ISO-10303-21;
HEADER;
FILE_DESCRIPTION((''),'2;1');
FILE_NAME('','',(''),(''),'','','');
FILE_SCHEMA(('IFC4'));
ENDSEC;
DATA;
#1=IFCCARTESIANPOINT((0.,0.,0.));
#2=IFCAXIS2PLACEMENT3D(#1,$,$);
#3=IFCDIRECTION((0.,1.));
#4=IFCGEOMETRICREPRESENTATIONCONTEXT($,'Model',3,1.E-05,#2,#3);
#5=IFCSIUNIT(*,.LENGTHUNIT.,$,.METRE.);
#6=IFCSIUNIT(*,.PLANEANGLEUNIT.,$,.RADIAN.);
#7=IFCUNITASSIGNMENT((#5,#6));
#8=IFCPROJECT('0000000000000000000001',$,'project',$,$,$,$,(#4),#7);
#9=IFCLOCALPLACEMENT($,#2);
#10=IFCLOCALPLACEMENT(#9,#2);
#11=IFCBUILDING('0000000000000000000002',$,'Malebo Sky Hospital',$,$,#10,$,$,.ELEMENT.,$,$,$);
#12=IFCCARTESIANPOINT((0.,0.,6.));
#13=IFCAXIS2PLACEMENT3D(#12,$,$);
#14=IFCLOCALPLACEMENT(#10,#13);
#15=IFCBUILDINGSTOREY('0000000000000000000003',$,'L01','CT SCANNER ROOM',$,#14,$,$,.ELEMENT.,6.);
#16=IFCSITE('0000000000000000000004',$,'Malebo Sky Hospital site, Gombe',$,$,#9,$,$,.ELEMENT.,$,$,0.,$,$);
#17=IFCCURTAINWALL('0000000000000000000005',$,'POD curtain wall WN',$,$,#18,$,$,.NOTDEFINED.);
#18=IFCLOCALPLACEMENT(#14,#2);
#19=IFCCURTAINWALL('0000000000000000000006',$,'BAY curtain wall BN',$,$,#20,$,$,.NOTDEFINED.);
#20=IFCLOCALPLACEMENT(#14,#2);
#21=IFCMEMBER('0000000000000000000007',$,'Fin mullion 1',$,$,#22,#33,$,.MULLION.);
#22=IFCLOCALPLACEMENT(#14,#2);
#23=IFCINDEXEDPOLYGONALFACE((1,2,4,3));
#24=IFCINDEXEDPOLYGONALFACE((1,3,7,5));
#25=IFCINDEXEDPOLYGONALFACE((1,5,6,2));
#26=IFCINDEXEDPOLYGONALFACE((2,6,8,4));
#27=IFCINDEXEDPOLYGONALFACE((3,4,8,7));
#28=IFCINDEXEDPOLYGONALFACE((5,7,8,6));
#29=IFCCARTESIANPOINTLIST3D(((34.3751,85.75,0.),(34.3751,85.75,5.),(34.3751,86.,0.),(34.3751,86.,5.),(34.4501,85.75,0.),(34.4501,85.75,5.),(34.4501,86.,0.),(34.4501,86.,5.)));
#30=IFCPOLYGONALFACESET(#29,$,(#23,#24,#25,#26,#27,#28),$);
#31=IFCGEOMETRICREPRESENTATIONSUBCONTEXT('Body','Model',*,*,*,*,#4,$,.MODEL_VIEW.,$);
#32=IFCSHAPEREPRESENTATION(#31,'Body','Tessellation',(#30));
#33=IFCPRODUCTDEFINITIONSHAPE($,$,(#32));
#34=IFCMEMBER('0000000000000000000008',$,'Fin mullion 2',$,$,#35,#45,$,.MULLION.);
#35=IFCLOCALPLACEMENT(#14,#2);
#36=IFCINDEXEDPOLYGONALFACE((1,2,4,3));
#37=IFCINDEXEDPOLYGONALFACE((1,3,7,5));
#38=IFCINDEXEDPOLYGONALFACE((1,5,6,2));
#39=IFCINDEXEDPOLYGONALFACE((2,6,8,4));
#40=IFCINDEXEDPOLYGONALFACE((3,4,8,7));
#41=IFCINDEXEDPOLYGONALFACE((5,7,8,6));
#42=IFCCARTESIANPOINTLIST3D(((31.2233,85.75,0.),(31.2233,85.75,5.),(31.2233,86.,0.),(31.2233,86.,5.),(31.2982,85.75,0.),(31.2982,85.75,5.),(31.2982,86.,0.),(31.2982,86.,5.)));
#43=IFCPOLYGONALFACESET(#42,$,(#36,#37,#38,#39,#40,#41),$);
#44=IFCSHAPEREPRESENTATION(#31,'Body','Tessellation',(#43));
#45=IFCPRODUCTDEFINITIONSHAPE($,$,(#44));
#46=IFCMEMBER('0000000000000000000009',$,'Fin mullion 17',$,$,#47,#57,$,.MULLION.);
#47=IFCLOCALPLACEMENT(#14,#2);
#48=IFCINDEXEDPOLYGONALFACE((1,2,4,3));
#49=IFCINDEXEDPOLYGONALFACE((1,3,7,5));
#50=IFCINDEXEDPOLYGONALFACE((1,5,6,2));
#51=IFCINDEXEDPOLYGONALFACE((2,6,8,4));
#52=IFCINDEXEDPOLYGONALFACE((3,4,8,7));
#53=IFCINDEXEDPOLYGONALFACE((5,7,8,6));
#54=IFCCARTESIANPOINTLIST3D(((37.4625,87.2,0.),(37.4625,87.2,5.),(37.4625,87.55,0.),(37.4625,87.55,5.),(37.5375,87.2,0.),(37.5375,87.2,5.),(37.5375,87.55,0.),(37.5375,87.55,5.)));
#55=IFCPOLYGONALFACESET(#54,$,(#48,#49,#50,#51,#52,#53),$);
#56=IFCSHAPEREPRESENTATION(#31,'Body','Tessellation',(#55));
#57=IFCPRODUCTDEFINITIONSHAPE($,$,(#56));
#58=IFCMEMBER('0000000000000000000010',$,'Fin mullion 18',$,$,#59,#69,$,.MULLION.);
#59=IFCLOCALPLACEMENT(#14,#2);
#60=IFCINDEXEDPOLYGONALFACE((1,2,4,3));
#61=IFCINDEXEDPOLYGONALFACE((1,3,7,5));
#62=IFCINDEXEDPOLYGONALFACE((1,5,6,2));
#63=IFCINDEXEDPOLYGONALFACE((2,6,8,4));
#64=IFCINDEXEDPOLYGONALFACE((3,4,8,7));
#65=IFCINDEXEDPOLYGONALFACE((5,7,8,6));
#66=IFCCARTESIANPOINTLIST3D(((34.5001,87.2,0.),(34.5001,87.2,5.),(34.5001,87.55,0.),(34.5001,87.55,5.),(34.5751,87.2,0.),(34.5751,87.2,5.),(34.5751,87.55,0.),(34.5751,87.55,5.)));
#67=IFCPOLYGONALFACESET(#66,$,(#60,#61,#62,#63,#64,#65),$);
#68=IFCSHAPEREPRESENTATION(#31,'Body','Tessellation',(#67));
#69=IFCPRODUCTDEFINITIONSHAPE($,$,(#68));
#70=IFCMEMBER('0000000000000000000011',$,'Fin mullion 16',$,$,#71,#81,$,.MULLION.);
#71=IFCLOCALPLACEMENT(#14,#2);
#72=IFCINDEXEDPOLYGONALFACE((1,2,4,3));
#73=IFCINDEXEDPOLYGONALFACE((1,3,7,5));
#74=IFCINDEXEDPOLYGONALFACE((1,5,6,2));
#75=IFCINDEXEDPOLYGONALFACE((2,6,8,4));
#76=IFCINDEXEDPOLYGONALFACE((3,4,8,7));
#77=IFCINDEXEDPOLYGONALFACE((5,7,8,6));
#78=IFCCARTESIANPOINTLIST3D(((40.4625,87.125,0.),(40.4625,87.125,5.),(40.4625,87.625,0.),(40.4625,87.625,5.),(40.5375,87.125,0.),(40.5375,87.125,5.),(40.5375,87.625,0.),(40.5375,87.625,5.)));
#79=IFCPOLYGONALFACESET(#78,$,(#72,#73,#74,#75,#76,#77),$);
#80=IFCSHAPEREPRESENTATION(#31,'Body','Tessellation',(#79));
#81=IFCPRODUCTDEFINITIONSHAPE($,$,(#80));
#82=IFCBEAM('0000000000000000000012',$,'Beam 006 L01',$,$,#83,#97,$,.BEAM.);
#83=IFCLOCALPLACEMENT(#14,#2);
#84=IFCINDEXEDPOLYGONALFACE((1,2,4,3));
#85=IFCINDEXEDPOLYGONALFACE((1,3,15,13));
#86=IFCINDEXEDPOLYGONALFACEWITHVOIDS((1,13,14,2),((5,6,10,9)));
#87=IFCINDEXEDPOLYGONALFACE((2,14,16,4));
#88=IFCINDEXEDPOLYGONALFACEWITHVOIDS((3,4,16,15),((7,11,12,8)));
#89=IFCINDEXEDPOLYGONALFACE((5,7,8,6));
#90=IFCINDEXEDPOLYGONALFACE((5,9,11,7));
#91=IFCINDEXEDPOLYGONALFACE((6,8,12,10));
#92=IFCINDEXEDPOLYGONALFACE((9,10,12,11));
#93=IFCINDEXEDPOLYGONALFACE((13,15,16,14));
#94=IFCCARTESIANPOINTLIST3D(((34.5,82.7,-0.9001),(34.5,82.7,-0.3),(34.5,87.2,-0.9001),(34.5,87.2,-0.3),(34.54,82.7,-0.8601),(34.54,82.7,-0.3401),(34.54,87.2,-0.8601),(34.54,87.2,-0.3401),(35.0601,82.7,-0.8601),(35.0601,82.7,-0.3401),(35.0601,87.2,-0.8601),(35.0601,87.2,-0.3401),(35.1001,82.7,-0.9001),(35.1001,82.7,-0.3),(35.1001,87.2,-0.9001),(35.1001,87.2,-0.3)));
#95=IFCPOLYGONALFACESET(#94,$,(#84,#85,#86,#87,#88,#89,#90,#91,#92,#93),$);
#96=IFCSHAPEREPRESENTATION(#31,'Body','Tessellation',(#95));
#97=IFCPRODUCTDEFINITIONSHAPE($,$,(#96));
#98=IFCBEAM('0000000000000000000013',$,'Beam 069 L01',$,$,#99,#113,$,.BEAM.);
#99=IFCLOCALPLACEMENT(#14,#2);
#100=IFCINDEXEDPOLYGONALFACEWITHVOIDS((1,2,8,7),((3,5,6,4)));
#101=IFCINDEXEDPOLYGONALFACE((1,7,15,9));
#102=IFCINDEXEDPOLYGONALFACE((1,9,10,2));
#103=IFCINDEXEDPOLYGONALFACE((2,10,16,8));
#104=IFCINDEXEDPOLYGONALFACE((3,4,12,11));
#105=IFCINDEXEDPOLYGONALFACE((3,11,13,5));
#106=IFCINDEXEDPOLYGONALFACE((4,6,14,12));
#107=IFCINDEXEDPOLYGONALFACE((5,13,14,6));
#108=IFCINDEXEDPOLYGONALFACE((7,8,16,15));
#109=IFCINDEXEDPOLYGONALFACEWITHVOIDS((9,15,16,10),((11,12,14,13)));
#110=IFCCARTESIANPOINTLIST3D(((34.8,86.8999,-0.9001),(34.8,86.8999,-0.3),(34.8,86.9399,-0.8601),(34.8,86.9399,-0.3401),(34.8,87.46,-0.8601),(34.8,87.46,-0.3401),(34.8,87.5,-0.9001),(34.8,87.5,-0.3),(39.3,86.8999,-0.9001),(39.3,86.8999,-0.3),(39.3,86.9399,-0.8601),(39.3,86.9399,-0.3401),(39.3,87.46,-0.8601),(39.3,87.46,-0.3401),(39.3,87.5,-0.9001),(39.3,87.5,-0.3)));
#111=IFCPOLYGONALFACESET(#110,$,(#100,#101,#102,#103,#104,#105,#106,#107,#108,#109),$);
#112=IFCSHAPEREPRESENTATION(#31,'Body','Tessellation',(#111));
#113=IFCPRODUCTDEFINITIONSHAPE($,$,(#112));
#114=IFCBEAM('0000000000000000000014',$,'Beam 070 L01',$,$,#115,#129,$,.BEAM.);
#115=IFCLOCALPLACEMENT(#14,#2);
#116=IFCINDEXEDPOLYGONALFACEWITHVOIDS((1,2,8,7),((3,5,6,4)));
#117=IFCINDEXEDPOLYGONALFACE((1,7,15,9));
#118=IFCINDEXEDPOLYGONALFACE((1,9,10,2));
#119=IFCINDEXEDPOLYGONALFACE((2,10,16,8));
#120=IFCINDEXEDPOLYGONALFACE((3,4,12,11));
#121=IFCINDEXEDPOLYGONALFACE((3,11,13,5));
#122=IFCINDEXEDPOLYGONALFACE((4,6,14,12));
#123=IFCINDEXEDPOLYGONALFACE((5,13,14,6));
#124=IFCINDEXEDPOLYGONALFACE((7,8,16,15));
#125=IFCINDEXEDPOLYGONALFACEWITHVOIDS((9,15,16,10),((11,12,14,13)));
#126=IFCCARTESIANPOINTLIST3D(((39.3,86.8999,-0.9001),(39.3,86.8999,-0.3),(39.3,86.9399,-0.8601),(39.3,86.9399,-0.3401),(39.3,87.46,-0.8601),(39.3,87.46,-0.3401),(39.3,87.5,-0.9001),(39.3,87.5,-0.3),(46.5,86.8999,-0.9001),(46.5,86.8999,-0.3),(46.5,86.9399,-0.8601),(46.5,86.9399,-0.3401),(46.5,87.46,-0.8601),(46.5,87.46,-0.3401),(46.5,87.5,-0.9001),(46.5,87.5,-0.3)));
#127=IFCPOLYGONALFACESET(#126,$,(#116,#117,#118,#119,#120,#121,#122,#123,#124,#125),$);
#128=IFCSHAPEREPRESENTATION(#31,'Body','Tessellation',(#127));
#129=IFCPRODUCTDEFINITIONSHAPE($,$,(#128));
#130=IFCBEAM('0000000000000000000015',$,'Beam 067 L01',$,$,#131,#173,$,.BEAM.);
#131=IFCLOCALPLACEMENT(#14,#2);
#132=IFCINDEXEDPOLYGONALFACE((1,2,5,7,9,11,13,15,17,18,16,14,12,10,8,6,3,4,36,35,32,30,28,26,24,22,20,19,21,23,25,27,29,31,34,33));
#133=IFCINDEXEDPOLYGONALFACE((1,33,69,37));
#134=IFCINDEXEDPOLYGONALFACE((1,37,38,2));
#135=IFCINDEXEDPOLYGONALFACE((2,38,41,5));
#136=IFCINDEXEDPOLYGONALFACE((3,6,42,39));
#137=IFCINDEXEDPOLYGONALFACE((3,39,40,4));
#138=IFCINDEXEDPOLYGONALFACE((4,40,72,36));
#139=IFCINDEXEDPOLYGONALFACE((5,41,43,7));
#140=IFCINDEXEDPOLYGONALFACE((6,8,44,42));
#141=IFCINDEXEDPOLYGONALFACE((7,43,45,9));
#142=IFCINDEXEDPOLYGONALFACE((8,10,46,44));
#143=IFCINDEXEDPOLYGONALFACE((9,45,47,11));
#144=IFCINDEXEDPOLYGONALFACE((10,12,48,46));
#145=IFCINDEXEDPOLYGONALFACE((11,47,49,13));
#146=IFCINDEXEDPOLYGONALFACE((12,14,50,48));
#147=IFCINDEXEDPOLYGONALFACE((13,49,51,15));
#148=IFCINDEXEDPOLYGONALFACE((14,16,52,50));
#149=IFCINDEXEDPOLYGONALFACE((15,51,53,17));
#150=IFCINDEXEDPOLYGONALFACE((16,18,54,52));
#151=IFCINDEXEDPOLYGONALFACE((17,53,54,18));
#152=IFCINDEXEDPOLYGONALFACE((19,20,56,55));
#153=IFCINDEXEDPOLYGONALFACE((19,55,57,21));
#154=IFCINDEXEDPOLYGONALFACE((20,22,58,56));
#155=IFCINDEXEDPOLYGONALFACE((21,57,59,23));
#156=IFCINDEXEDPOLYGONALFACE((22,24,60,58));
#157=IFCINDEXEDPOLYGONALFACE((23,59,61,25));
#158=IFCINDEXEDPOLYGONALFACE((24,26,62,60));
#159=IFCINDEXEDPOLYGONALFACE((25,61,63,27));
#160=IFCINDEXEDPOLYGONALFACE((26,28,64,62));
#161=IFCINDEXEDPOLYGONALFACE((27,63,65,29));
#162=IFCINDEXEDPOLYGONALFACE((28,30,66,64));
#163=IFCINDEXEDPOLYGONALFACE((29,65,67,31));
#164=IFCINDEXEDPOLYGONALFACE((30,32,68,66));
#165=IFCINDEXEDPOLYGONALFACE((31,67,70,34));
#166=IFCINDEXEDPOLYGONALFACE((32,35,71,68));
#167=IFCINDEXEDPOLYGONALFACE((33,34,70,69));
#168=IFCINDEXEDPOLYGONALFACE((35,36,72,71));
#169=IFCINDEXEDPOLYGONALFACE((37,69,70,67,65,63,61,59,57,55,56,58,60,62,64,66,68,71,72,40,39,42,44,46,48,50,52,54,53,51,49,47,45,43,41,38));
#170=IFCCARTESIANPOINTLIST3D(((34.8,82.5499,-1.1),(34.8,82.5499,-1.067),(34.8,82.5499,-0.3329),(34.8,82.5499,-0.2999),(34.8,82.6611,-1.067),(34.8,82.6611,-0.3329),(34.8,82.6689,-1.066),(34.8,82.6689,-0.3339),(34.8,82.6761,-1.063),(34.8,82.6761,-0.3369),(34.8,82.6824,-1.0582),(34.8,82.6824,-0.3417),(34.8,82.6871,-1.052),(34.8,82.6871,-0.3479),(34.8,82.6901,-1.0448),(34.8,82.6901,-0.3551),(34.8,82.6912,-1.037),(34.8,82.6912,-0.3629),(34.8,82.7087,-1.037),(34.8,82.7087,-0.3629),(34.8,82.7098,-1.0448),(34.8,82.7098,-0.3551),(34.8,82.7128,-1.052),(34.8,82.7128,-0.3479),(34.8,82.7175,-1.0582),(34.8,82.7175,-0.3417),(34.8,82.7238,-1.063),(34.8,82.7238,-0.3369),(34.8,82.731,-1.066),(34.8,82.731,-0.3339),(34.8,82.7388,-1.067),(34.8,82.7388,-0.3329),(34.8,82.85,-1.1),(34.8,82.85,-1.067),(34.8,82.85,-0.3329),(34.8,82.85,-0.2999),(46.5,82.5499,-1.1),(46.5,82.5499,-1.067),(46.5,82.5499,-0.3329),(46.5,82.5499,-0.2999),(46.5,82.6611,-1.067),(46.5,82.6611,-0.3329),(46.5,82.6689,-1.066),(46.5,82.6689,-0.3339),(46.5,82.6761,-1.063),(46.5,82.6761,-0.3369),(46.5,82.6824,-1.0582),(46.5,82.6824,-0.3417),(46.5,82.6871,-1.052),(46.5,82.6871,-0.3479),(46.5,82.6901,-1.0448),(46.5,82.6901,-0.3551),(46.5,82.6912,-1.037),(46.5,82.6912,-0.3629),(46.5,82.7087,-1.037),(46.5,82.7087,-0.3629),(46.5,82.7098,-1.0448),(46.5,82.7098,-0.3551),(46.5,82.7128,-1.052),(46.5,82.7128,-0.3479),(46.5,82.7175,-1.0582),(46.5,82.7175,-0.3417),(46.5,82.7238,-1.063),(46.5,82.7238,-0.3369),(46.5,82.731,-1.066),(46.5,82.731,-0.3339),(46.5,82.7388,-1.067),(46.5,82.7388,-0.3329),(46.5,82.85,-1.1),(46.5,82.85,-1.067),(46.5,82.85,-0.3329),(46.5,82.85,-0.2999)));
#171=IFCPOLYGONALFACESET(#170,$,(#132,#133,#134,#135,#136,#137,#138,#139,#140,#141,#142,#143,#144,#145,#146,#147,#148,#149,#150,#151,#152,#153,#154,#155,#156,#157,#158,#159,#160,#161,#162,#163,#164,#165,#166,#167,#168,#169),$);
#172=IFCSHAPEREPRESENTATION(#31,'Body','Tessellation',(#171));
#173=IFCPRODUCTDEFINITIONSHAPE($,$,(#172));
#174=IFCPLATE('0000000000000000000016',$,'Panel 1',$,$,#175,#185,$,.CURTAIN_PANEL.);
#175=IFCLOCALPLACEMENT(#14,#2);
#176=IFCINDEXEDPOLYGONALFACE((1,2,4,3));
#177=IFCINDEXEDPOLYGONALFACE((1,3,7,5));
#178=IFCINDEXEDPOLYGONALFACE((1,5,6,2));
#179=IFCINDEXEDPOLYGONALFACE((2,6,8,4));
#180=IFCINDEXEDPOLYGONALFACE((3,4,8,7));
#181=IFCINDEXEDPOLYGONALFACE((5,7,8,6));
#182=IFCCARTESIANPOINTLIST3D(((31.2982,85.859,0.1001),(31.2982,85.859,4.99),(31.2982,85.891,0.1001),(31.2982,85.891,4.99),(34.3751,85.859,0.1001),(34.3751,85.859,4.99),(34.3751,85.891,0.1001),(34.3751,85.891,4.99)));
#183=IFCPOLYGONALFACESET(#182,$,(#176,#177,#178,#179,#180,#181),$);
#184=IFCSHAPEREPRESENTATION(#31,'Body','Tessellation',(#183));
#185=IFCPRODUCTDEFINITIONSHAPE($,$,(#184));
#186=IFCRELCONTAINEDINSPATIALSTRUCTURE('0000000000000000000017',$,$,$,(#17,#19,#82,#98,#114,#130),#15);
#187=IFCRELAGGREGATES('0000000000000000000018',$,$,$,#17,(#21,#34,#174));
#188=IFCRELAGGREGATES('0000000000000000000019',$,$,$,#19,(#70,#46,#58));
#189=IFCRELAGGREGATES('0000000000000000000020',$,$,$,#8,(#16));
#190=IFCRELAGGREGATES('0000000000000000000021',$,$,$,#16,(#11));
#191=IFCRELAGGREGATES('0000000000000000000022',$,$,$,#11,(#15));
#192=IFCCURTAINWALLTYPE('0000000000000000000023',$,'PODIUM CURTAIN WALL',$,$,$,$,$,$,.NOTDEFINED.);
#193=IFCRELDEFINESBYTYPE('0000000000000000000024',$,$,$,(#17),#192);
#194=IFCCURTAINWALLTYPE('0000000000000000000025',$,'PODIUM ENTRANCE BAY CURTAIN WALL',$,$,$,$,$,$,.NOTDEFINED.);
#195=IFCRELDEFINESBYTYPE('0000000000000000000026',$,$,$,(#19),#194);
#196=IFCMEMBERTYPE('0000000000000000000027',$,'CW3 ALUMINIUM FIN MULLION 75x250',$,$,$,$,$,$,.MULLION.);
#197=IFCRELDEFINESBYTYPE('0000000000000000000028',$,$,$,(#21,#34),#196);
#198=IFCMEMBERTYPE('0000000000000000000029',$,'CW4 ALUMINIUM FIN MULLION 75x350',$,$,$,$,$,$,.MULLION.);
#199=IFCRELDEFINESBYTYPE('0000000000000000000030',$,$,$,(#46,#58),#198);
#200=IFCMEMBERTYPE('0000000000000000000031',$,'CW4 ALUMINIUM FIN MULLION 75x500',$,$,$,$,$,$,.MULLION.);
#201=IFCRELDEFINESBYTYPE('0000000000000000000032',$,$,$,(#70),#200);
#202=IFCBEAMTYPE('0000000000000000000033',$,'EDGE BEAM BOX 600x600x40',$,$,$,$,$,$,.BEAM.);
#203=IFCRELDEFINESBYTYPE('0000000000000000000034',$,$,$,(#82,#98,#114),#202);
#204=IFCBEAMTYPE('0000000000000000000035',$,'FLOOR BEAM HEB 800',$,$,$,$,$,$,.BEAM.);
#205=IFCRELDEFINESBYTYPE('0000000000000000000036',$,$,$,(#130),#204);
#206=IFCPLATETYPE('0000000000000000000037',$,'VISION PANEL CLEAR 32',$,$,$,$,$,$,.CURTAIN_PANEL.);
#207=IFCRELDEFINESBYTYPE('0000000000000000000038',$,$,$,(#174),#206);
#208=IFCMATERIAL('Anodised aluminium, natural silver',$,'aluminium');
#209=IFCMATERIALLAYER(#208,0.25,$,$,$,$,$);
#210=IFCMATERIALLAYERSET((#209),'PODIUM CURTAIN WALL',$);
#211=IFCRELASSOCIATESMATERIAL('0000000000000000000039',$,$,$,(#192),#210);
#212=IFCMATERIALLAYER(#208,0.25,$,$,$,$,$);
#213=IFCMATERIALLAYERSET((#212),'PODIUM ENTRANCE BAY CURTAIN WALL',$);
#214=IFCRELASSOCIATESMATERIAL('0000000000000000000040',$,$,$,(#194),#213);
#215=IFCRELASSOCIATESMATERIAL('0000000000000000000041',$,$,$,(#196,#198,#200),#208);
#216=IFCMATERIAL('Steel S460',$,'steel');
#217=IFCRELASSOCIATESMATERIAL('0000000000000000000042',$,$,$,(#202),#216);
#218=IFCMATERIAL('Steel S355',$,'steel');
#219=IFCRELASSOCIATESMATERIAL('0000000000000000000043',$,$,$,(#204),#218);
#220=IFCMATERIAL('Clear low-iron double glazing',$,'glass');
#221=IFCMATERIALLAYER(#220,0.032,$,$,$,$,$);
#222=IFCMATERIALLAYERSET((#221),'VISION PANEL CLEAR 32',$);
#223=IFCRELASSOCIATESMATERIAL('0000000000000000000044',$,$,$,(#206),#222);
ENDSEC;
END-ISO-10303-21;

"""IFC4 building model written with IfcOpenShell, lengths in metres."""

from ifc_helpers import new_model, si_unit, direction, frame, origin, origin_2d, place, context, subcontext, project, spatial, rectangle, hollow_rectangle, i_section, extrude, material, layer, layer_set, material_profile, profile_set, type_object, element, aggregate, save


model = new_model("IFC4")

# Units and contexts
model_context = context("Model", 3, precision=1e-05, world=origin(), true_north=direction((0.0, 1.0)))
body_context = subcontext(model_context, "Body", "Model", "MODEL_VIEW")
ifc_project = project(units=[si_unit("LENGTHUNIT", "METRE"), si_unit("PLANEANGLEUNIT", "RADIAN")], contexts=[model_context])

# Site, building, storey
site_placement = place(None, origin())
site = spatial("IfcSite", under=ifc_project, at=site_placement, Name="Malebo Sky Hospital site, Gombe", CompositionType="ELEMENT", RefElevation=0.0)
building_placement = place(site_placement, origin())
building = spatial("IfcBuilding", under=site, at=building_placement, Name="Malebo Sky Hospital", CompositionType="ELEMENT")
storey_placement = place(building_placement, frame((0.0, 0.0, 6.0)))
storey = spatial("IfcBuildingStorey", under=building, at=storey_placement, Name="L01", Description="CT SCANNER ROOM", CompositionType="ELEMENT", Elevation=6.0)

# Shared definitions
ifc_material_1 = material(Name="Steel S460", Category="steel")
ifc_material_2 = material(Name="Steel S355", Category="steel")

# Curtain walls
ifc_material_3 = material(Name="Anodised aluminium, natural silver", Category="aluminium")
ifc_layer_1 = layer(ifc_material_3, 0.25)
ifc_layer_set_1 = layer_set([ifc_layer_1], Name="PODIUM CURTAIN WALL")
curtain_wall_type_1 = type_object("IfcCurtainWallType", Name="PODIUM CURTAIN WALL", PredefinedType="NOTDEFINED", material=ifc_layer_set_1)
curtain_wall_1_placement = place(storey_placement, origin())
curtain_wall_1 = element("IfcCurtainWall", 1, at=curtain_wall_1_placement, inside=storey, type_object=curtain_wall_type_1, Name="POD curtain wall WN", PredefinedType="NOTDEFINED")
ifc_layer_2 = layer(ifc_material_3, 0.25)
ifc_layer_set_2 = layer_set([ifc_layer_2], Name="PODIUM ENTRANCE BAY CURTAIN WALL")
curtain_wall_type_2 = type_object("IfcCurtainWallType", Name="PODIUM ENTRANCE BAY CURTAIN WALL", PredefinedType="NOTDEFINED", material=ifc_layer_set_2)
curtain_wall_2_placement = place(storey_placement, origin())
curtain_wall_2 = element("IfcCurtainWall", 2, at=curtain_wall_2_placement, inside=storey, type_object=curtain_wall_type_2, Name="BAY curtain wall BN", PredefinedType="NOTDEFINED")

# Members
ifc_material_profile_1 = material_profile(ifc_material_3, rectangle(XDim=0.075, YDim=0.25, at=origin_2d()), Name="CW3 ALUMINIUM FIN MULLION 75x250")
ifc_profile_set_1 = profile_set([ifc_material_profile_1], Name="Anodised aluminium, natural silver")
member_type_1 = type_object("IfcMemberType", Name="CW3 ALUMINIUM FIN MULLION 75x250", PredefinedType="MULLION", material=ifc_profile_set_1)
member_1_placement = place(storey_placement, frame((34.4126, 85.875, 0.0), z_axis=(0.0, 0.0, 1.0), x_axis=(-1.0, 0.0, 0.0)))
member_1 = element("IfcMember", 3, at=member_1_placement, type_object=member_type_1, Name="Fin mullion 1", PredefinedType="MULLION", context=body_context, shape_type="SweptSolid", body=[
    extrude(rectangle(XDim=0.075, YDim=0.25, at=origin_2d()), origin(), (0.0, 0.0, 1.0), 5.0),
])
member_2_placement = place(storey_placement, frame((31.2607, 85.875, 0.0), z_axis=(0.0, 0.0, 1.0), x_axis=(-1.0, 0.0, 0.0)))
member_2 = element("IfcMember", 4, at=member_2_placement, type_object=member_type_1, Name="Fin mullion 2", PredefinedType="MULLION", context=body_context, shape_type="SweptSolid", body=[
    extrude(rectangle(XDim=0.075, YDim=0.25, at=origin_2d()), origin(), (0.0, 0.0, 1.0), 5.0),
])
ifc_material_profile_2 = material_profile(ifc_material_3, rectangle(XDim=0.075, YDim=0.3501, at=origin_2d()), Name="CW4 ALUMINIUM FIN MULLION 75x350")
ifc_profile_set_2 = profile_set([ifc_material_profile_2], Name="Anodised aluminium, natural silver")
member_type_2 = type_object("IfcMemberType", Name="CW4 ALUMINIUM FIN MULLION 75x350", PredefinedType="MULLION", material=ifc_profile_set_2)
member_3_placement = place(storey_placement, frame((37.5, 87.375, 0.0), z_axis=(0.0, 0.0, 1.0), x_axis=(-1.0, 0.0, 0.0)))
member_3 = element("IfcMember", 5, at=member_3_placement, type_object=member_type_2, Name="Fin mullion 17", PredefinedType="MULLION", context=body_context, shape_type="SweptSolid", body=[
    extrude(rectangle(XDim=0.075, YDim=0.3501, at=origin_2d()), origin(), (0.0, 0.0, 1.0), 5.0),
])
member_4_placement = place(storey_placement, frame((34.5376, 87.375, 0.0), z_axis=(0.0, 0.0, 1.0), x_axis=(-1.0, 0.0, 0.0)))
member_4 = element("IfcMember", 6, at=member_4_placement, type_object=member_type_2, Name="Fin mullion 18", PredefinedType="MULLION", context=body_context, shape_type="SweptSolid", body=[
    extrude(rectangle(XDim=0.075, YDim=0.3501, at=origin_2d()), origin(), (0.0, 0.0, 1.0), 5.0),
])
ifc_material_profile_3 = material_profile(ifc_material_3, rectangle(XDim=0.075, YDim=0.5, at=origin_2d()), Name="CW4 ALUMINIUM FIN MULLION 75x500")
ifc_profile_set_3 = profile_set([ifc_material_profile_3], Name="Anodised aluminium, natural silver")
member_type_3 = type_object("IfcMemberType", Name="CW4 ALUMINIUM FIN MULLION 75x500", PredefinedType="MULLION", material=ifc_profile_set_3)
member_5_placement = place(storey_placement, frame((40.5, 87.375, 0.0), z_axis=(0.0, 0.0, 1.0), x_axis=(-1.0, 0.0, 0.0)))
member_5 = element("IfcMember", 7, at=member_5_placement, type_object=member_type_3, Name="Fin mullion 16", PredefinedType="MULLION", context=body_context, shape_type="SweptSolid", body=[
    extrude(rectangle(XDim=0.075, YDim=0.5, at=origin_2d()), origin(), (0.0, 0.0, 1.0), 5.0),
])

# Beams
ifc_material_profile_4 = material_profile(ifc_material_1, hollow_rectangle(XDim=0.6001, YDim=0.6001, WallThickness=0.04, at=origin_2d()), Name="BOX 600x600x40")
ifc_profile_set_4 = profile_set([ifc_material_profile_4], Name="Steel S460")
beam_type_1 = type_object("IfcBeamType", Name="EDGE BEAM BOX 600x600x40", PredefinedType="BEAM", material=ifc_profile_set_4)
for number, where, z_axis, x_axis, name in (
    (8, (34.8, 82.7, -0.6001), (0.0, 1.0, 0.0), (-1.0, 0.0, 0.0), "Beam 006 L01"),
    (9, (34.8, 87.2, -0.6001), (1.0, 0.0, 0.0), (0.0, 1.0, 0.0), "Beam 069 L01"),
):
    element("IfcBeam", number, at=place(storey_placement, frame(where, z_axis=z_axis, x_axis=x_axis)), inside=storey, type_object=beam_type_1, Name=name, PredefinedType="BEAM", context=body_context, shape_type="SweptSolid", body=[
        extrude(hollow_rectangle(XDim=0.6001, YDim=0.6001, WallThickness=0.04, at=origin_2d()), origin(), (0.0, 0.0, 1.0), 4.5),
    ])
beam_1_placement = place(storey_placement, frame((39.3, 87.2, -0.6001), z_axis=(1.0, 0.0, 0.0), x_axis=(0.0, 1.0, 0.0)))
element("IfcBeam", 10, at=beam_1_placement, inside=storey, type_object=beam_type_1, Name="Beam 070 L01", PredefinedType="BEAM", context=body_context, shape_type="SweptSolid", body=[
    extrude(hollow_rectangle(XDim=0.6001, YDim=0.6001, WallThickness=0.04, at=origin_2d()), origin(), (0.0, 0.0, 1.0), 7.2),
])
ifc_material_profile_5 = material_profile(ifc_material_2, i_section(OverallWidth=0.3, OverallDepth=0.8, WebThickness=0.0176, FlangeThickness=0.033, FilletRadius=0.03, at=origin_2d()), Name="HEB 800")
ifc_profile_set_5 = profile_set([ifc_material_profile_5], Name="Steel S355")
beam_type_2 = type_object("IfcBeamType", Name="FLOOR BEAM HEB 800", PredefinedType="BEAM", material=ifc_profile_set_5)
beam_2_placement = place(storey_placement, frame((34.8, 82.7, -0.7), z_axis=(1.0, 0.0, 0.0), x_axis=(0.0, 1.0, 0.0)))
element("IfcBeam", 11, at=beam_2_placement, inside=storey, type_object=beam_type_2, Name="Beam 067 L01", PredefinedType="BEAM", context=body_context, shape_type="SweptSolid", body=[
    extrude(i_section(OverallWidth=0.3, OverallDepth=0.8, WebThickness=0.0176, FlangeThickness=0.033, FilletRadius=0.03, at=origin_2d()), origin(), (0.0, 0.0, 1.0), 11.7),
])

# Plate
ifc_material_4 = material(Name="Clear low-iron double glazing", Category="glass")
ifc_layer_3 = layer(ifc_material_4, 0.032)
ifc_layer_set_3 = layer_set([ifc_layer_3], Name="VISION PANEL CLEAR 32")
plate_type = type_object("IfcPlateType", Name="VISION PANEL CLEAR 32", PredefinedType="CURTAIN_PANEL", material=ifc_layer_set_3)
plate_1_placement = place(storey_placement, frame((32.8367, 85.875, 0.1001), z_axis=(0.0, 0.0, 1.0), x_axis=(-1.0, 0.0, 0.0)))
plate_1 = element("IfcPlate", 12, at=plate_1_placement, type_object=plate_type, Name="Panel 1", PredefinedType="CURTAIN_PANEL", context=body_context, shape_type="SweptSolid", body=[
    extrude(rectangle(XDim=3.0769, YDim=0.032, at=origin_2d()), origin(), (0.0, 0.0, 1.0), 4.8899),
])
aggregate(curtain_wall_1, [member_1, member_2, plate_1])
aggregate(curtain_wall_2, [member_5, member_3, member_4])

save(model, "model.ifc")
